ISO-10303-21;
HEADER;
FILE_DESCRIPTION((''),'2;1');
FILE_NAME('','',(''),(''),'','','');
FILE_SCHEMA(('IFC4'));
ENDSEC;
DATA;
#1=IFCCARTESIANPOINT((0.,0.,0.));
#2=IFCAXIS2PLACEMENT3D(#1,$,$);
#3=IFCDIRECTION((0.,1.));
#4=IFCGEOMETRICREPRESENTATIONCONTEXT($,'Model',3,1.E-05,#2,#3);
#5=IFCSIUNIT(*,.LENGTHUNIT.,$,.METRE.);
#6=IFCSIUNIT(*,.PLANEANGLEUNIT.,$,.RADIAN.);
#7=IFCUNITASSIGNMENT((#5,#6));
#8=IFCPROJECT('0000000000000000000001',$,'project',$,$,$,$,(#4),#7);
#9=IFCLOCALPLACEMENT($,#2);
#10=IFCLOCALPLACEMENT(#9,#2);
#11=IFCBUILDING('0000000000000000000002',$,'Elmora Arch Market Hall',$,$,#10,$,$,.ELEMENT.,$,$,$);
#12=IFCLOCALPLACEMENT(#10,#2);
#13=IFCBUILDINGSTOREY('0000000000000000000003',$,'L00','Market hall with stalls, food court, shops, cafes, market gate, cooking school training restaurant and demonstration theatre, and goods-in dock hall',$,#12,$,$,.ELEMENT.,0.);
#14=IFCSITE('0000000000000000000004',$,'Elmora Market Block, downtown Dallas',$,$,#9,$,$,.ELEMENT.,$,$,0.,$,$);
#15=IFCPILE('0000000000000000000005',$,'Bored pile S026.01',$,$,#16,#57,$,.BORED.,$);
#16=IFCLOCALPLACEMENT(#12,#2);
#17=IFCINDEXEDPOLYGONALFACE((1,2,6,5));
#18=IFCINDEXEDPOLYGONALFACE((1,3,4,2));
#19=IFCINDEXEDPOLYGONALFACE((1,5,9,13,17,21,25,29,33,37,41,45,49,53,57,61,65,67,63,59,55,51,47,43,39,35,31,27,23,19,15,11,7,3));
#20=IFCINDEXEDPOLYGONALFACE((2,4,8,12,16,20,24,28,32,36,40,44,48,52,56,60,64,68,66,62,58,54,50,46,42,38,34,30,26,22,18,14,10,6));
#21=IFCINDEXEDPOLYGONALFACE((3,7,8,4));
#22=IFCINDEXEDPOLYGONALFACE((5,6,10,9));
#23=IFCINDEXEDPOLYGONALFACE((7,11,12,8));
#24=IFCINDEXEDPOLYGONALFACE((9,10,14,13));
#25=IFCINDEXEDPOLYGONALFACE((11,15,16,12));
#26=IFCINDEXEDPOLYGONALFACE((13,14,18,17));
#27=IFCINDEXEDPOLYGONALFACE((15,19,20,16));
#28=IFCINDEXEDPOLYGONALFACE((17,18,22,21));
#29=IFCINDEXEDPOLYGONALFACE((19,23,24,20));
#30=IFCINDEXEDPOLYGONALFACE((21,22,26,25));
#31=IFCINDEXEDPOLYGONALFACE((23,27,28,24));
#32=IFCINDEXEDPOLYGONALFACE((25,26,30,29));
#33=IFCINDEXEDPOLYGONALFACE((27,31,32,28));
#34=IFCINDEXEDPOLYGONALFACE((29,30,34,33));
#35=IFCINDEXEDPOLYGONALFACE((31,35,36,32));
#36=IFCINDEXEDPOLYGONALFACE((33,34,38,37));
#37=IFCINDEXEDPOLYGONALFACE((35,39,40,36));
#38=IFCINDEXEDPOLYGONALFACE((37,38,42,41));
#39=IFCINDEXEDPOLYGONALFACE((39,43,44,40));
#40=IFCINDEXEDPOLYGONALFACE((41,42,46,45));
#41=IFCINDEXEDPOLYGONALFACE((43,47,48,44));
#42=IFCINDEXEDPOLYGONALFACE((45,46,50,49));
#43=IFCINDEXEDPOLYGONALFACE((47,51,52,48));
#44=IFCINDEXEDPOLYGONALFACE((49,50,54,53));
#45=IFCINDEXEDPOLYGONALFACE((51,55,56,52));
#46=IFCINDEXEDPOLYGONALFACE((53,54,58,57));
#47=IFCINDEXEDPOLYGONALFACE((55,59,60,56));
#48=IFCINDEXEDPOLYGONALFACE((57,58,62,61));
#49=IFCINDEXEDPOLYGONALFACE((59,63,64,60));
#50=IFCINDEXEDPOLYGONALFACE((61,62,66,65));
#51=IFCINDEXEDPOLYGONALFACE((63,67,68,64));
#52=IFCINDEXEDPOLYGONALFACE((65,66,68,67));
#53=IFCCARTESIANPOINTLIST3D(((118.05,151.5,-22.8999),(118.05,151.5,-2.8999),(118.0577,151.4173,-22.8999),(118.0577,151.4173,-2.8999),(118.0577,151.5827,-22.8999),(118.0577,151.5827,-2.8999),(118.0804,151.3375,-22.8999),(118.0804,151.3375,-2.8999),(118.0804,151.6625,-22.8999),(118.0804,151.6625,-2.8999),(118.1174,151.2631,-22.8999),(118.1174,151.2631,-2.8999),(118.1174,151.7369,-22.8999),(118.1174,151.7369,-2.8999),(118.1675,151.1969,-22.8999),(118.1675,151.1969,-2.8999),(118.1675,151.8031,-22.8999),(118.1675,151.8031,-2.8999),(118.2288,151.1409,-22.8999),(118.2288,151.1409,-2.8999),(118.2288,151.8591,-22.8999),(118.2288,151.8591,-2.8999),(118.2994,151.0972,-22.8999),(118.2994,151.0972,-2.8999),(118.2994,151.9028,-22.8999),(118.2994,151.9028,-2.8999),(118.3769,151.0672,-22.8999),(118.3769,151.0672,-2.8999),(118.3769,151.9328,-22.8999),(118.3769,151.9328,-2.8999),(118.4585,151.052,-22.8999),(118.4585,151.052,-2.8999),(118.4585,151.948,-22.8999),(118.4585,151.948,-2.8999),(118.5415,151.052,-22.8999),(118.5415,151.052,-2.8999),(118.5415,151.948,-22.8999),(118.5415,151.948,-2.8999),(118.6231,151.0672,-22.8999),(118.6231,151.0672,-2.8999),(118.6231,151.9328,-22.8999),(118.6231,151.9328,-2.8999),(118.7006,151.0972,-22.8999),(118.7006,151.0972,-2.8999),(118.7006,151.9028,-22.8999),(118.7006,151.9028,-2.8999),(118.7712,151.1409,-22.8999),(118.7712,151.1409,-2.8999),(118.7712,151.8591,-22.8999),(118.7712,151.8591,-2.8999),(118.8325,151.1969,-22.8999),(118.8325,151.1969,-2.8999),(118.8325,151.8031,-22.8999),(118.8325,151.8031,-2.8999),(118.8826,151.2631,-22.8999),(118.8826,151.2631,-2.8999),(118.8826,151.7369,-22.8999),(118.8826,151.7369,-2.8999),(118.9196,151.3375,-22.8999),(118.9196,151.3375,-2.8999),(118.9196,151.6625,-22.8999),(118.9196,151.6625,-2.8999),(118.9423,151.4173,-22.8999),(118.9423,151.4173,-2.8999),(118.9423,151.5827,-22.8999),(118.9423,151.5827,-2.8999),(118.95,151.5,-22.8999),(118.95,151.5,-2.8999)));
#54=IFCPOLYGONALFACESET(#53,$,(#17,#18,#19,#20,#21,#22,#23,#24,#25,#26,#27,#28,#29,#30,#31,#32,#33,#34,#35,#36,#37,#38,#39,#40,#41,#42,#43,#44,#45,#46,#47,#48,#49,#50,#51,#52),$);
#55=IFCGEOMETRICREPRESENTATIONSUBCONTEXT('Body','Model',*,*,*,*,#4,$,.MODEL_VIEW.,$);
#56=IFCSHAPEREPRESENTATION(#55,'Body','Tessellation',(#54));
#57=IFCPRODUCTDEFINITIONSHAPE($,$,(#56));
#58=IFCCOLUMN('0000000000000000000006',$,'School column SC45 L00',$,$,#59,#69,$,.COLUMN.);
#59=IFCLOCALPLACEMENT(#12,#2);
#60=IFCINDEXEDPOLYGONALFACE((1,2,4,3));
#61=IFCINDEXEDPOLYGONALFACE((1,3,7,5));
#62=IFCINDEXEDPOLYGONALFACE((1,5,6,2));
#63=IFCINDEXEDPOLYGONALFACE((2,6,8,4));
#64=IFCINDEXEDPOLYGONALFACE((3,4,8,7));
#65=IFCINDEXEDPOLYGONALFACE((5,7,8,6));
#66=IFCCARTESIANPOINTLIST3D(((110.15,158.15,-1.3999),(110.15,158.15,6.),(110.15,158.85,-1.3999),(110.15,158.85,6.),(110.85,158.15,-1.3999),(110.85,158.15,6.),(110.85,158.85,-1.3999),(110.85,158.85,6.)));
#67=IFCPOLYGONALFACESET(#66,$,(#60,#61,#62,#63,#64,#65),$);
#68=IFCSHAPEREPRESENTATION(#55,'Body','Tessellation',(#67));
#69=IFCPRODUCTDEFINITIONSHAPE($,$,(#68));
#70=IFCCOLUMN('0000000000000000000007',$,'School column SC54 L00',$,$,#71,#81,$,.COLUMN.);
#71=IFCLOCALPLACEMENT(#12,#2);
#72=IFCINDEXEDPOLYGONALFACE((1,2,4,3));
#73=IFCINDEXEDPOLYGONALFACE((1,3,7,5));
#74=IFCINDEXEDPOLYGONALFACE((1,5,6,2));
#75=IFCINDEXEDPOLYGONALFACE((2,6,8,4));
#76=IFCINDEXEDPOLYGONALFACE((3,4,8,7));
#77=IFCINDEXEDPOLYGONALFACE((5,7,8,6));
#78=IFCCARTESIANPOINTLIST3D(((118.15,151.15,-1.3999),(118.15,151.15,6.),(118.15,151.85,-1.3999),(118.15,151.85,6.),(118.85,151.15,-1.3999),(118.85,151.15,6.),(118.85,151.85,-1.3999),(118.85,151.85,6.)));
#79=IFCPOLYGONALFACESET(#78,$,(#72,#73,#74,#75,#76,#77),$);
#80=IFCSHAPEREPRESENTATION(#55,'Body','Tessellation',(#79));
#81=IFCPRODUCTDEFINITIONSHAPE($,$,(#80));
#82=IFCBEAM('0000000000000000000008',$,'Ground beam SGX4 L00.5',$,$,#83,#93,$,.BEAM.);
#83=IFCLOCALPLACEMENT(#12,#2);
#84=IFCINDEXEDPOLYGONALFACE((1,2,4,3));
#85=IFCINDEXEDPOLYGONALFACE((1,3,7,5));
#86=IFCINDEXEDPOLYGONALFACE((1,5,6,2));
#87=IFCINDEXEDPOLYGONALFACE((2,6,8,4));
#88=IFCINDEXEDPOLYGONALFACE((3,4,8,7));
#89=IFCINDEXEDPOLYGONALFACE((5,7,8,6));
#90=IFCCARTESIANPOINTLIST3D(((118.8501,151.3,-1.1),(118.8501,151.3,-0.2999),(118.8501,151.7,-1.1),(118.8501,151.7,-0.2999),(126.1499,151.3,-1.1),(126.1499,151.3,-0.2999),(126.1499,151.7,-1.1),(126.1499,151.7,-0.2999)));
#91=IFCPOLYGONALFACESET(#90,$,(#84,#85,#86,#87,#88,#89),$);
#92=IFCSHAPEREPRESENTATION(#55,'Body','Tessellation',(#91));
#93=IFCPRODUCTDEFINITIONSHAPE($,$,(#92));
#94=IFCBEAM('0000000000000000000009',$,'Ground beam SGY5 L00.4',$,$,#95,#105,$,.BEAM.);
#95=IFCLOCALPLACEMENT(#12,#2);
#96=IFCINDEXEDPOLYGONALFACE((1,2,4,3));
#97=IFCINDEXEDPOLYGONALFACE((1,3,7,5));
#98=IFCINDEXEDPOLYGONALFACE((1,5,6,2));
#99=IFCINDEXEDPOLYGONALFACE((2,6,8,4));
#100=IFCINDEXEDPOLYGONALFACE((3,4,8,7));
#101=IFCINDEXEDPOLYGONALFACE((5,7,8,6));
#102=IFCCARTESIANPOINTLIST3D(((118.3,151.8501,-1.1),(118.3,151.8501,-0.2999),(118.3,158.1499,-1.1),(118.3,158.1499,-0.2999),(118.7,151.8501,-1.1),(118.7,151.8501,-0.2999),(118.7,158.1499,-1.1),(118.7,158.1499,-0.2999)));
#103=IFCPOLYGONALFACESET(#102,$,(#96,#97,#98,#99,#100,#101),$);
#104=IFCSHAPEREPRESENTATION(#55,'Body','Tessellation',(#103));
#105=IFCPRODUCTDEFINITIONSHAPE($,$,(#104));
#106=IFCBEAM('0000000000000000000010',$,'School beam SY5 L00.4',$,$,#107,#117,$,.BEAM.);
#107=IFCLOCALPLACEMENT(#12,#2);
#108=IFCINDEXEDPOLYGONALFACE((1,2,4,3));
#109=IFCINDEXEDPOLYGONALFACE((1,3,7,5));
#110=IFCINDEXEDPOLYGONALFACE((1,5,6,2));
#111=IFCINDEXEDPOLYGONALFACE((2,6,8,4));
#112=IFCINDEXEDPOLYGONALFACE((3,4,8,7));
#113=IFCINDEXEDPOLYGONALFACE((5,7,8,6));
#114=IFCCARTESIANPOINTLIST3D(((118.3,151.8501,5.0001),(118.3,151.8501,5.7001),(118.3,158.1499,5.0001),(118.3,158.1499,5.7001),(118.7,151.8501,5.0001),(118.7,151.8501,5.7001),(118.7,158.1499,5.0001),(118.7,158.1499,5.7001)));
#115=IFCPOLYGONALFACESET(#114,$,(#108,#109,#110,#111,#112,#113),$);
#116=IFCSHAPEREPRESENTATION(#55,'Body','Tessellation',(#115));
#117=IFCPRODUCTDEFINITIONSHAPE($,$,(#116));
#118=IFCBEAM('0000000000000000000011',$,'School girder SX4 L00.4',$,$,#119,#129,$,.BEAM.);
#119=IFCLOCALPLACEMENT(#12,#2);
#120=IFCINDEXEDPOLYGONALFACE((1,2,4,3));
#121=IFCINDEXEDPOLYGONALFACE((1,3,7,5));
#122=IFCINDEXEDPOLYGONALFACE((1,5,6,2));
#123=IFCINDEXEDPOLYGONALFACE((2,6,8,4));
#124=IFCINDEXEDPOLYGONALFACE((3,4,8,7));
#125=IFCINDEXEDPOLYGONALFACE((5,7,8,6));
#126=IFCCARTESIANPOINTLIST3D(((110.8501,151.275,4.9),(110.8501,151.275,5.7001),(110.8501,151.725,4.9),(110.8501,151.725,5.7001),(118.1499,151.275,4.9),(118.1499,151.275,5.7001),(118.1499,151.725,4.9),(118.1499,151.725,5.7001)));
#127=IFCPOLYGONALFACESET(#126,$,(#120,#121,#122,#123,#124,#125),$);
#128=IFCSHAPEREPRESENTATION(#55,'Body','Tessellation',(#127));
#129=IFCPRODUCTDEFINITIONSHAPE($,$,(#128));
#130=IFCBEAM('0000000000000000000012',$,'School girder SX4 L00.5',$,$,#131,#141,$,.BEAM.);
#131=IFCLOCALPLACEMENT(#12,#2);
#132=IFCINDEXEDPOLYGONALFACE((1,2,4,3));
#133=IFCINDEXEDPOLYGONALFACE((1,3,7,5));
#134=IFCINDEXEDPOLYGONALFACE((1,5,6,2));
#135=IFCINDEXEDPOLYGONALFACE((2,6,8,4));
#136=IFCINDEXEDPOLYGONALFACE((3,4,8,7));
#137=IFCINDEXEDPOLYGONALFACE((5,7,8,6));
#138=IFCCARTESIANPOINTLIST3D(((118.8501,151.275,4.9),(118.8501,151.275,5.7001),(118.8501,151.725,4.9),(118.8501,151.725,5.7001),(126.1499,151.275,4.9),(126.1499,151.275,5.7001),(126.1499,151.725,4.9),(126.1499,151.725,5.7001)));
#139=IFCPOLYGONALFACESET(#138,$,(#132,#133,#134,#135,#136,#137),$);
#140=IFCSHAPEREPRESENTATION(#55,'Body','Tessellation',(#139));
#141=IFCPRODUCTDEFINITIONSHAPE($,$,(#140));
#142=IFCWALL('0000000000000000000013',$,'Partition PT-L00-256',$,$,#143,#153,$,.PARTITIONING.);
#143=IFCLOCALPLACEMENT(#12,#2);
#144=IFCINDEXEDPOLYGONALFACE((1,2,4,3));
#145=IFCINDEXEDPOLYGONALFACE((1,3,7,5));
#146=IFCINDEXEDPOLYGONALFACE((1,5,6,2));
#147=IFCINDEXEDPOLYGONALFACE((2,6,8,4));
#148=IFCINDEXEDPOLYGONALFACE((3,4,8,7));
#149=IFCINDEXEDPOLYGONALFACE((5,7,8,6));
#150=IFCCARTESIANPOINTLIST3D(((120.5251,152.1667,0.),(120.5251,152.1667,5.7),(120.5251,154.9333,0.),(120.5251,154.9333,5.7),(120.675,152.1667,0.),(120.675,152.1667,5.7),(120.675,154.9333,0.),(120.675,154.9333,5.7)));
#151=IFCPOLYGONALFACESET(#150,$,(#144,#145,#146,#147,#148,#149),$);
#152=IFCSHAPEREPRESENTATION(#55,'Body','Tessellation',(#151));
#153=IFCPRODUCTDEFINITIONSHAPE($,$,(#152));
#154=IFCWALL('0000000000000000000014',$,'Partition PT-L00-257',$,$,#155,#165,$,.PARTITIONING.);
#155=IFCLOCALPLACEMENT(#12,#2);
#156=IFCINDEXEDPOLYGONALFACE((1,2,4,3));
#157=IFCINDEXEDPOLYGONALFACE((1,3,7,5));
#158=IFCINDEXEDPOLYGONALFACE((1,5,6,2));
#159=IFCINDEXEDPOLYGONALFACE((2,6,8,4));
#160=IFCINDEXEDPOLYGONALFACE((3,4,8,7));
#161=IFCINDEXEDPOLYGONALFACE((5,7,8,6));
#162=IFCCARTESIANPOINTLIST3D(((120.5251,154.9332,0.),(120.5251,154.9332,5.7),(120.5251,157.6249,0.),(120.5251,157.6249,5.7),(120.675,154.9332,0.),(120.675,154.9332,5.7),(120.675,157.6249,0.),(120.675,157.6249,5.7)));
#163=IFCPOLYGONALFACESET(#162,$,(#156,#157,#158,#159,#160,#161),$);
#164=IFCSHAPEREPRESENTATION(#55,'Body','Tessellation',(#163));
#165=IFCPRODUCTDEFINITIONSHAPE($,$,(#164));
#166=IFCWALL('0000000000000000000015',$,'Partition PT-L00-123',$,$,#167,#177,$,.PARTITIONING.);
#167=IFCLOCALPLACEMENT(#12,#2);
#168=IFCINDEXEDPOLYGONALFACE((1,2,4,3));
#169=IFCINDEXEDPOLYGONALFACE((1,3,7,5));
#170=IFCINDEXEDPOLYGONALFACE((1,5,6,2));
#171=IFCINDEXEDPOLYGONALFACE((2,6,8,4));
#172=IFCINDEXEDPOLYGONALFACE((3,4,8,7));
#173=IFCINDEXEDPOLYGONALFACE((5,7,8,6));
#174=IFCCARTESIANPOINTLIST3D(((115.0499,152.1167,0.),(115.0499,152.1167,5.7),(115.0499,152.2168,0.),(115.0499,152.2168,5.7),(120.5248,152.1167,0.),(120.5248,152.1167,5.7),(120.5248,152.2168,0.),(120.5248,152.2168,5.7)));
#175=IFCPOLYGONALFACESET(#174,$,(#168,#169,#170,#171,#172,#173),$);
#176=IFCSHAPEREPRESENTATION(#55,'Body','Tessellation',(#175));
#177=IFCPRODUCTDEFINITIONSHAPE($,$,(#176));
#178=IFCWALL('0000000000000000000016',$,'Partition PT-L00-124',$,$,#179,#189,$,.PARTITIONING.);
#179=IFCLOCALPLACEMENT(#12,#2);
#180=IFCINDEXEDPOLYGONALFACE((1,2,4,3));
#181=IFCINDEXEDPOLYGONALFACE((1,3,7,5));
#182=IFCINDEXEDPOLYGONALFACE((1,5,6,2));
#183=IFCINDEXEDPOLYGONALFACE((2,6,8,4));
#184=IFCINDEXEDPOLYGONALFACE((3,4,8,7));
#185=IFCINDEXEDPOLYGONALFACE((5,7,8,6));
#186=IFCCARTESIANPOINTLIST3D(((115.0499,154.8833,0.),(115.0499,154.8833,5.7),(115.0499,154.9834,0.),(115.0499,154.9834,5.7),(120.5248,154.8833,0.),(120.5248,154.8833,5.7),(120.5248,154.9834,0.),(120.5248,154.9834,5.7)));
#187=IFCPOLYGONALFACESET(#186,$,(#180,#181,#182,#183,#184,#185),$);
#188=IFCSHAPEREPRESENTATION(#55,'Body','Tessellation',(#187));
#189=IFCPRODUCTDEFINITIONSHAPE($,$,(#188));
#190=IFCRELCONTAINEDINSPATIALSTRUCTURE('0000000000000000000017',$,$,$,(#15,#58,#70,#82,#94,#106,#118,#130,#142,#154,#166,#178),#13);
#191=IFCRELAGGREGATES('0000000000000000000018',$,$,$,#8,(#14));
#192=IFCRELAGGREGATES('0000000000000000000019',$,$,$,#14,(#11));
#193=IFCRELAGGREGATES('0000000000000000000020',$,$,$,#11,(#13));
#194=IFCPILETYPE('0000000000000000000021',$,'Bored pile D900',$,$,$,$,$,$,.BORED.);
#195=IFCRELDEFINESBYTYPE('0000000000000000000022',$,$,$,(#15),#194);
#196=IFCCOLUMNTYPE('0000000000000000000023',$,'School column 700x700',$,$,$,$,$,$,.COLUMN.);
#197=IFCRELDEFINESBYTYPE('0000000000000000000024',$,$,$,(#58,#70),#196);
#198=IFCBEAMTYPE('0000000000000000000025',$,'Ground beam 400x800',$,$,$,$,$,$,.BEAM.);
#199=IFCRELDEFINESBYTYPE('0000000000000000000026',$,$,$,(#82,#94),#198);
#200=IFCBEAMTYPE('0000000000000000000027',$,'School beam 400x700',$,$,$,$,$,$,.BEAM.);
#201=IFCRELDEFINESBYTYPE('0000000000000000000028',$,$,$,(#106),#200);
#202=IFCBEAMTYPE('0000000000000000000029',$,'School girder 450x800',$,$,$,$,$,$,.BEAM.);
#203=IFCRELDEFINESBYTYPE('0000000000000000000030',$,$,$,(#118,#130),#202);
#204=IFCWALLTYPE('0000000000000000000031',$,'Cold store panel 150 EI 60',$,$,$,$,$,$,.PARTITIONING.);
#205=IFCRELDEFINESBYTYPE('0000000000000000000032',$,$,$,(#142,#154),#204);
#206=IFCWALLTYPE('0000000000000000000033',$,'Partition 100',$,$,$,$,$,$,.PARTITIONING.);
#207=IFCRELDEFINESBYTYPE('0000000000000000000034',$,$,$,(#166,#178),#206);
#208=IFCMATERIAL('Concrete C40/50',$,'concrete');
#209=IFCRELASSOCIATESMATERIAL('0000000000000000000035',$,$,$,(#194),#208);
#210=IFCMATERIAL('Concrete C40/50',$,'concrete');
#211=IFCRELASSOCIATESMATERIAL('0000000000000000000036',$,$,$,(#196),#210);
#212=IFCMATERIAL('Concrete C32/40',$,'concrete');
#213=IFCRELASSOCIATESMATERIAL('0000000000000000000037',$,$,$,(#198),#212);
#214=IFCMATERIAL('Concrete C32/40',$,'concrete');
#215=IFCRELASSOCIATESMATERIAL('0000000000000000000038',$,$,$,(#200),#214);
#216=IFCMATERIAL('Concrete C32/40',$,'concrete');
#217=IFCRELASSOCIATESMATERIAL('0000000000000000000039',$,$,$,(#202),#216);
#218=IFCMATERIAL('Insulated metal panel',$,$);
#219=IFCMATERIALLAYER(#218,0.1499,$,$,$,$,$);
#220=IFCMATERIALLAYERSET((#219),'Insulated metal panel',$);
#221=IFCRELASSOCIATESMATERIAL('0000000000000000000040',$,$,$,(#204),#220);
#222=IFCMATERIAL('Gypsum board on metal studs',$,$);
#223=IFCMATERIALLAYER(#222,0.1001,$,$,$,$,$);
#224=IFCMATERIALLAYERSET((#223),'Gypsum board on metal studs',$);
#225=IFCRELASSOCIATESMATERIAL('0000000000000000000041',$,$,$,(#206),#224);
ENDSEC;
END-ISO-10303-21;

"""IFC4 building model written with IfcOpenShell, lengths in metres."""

from ifc_helpers import new_model, si_unit, direction, frame, frame_2d, origin, origin_2d, place, context, subcontext, project, spatial, rectangle, circle, extrude, material, layer, layer_set, material_profile, profile_set, type_object, element, save


model = new_model("IFC4")

# Units and contexts
model_context = context("Model", 3, precision=1e-05, world=origin(), true_north=direction((0.0, 1.0)))
body_context = subcontext(model_context, "Body", "Model", "MODEL_VIEW")
ifc_project = project(units=[si_unit("LENGTHUNIT", "METRE"), si_unit("PLANEANGLEUNIT", "RADIAN")], contexts=[model_context])

# Site, building, storey
site_placement = place(None, origin())
site = spatial("IfcSite", under=ifc_project, at=site_placement, Name="Elmora Market Block, downtown Dallas", CompositionType="ELEMENT", RefElevation=0.0)
building_placement = place(site_placement, origin())
building = spatial("IfcBuilding", under=site, at=building_placement, Name="Elmora Arch Market Hall", CompositionType="ELEMENT")
storey_placement = place(building_placement, origin())
storey = spatial("IfcBuildingStorey", under=building, at=storey_placement, Name="L00", Description="Market hall with stalls, food court, shops, cafes, market gate, cooking school training restaurant and demonstration theatre, and goods-in dock hall", CompositionType="ELEMENT", Elevation=0.0)

# Pile
ifc_material_1 = material(Name="Concrete C40/50", Category="concrete")
ifc_material_profile_1 = material_profile(ifc_material_1, circle(Radius=0.45, at=origin_2d()), Name="Bored pile D900")
ifc_profile_set_1 = profile_set([ifc_material_profile_1], Name="Concrete C40/50")
pile_type = type_object("IfcPileType", Name="Bored pile D900", PredefinedType="BORED", material=ifc_profile_set_1)
pile_placement = place(storey_placement, frame((118.5, 151.5, -2.8999), z_axis=(0.0, 0.0, -1.0), x_axis=(1.0, 0.0, 0.0)))
element("IfcPile", 1, at=pile_placement, inside=storey, type_object=pile_type, Name="Bored pile S026.01", PredefinedType="BORED", context=body_context, shape_type="SweptSolid", body=[
    extrude(circle(Radius=0.45, at=origin_2d()), origin(), (0.0, 0.0, 1.0), 20.0),
])

# Columns
ifc_material_2 = material(Name="Concrete C40/50", Category="concrete")
ifc_material_profile_2 = material_profile(ifc_material_2, rectangle(XDim=0.7, YDim=0.7, at=origin_2d()), Name="School column 700x700")
ifc_profile_set_2 = profile_set([ifc_material_profile_2], Name="Concrete C40/50")
column_type = type_object("IfcColumnType", Name="School column 700x700", PredefinedType="COLUMN", material=ifc_profile_set_2)
for number, where, z_axis, x_axis, name in (
    (2, (110.5, 158.5, -1.3999), (0.0, 0.0, 1.0), (1.0, 0.0, 0.0), "School column SC45 L00"),
    (3, (118.5, 151.5, -1.3999), (0.0, 0.0, 1.0), (1.0, 0.0, 0.0), "School column SC54 L00"),
):
    element("IfcColumn", number, at=place(storey_placement, frame(where, z_axis=z_axis, x_axis=x_axis)), inside=storey, type_object=column_type, Name=name, PredefinedType="COLUMN", context=body_context, shape_type="SweptSolid", body=[
        extrude(rectangle(XDim=0.7, YDim=0.7, at=origin_2d()), origin(), (0.0, 0.0, 1.0), 7.3999),
    ])

# Beams
ifc_material_3 = material(Name="Concrete C32/40", Category="concrete")
ifc_material_profile_3 = material_profile(ifc_material_3, rectangle(XDim=0.3999, YDim=0.8, at=origin_2d()), Name="Ground beam 400x800")
ifc_profile_set_3 = profile_set([ifc_material_profile_3], Name="Concrete C32/40")
beam_type_1 = type_object("IfcBeamType", Name="Ground beam 400x800", PredefinedType="BEAM", material=ifc_profile_set_3)
beam_1_placement = place(storey_placement, frame((118.8501, 151.5, -0.7), z_axis=(1.0, 0.0, 0.0), x_axis=(0.0, 1.0, 0.0)))
element("IfcBeam", 4, at=beam_1_placement, inside=storey, type_object=beam_type_1, Name="Ground beam SGX4 L00.5", PredefinedType="BEAM", context=body_context, shape_type="SweptSolid", body=[
    extrude(rectangle(XDim=0.3999, YDim=0.8, at=origin_2d()), origin(), (0.0, 0.0, 1.0), 7.2998),
])
beam_2_placement = place(storey_placement, frame((118.5, 151.8501, -0.7), z_axis=(0.0, 1.0, 0.0), x_axis=(-1.0, 0.0, 0.0)))
element("IfcBeam", 5, at=beam_2_placement, inside=storey, type_object=beam_type_1, Name="Ground beam SGY5 L00.4", PredefinedType="BEAM", context=body_context, shape_type="SweptSolid", body=[
    extrude(rectangle(XDim=0.3999, YDim=0.8, at=origin_2d()), origin(), (0.0, 0.0, 1.0), 6.2998),
])
ifc_material_4 = material(Name="Concrete C32/40", Category="concrete")
ifc_material_profile_4 = material_profile(ifc_material_4, rectangle(XDim=0.3999, YDim=0.7, at=origin_2d()), Name="School beam 400x700")
ifc_profile_set_4 = profile_set([ifc_material_profile_4], Name="Concrete C32/40")
beam_type_2 = type_object("IfcBeamType", Name="School beam 400x700", PredefinedType="BEAM", material=ifc_profile_set_4)
beam_3_placement = place(storey_placement, frame((118.5, 151.8501, 5.3501), z_axis=(0.0, 1.0, 0.0), x_axis=(-1.0, 0.0, 0.0)))
element("IfcBeam", 6, at=beam_3_placement, inside=storey, type_object=beam_type_2, Name="School beam SY5 L00.4", PredefinedType="BEAM", context=body_context, shape_type="SweptSolid", body=[
    extrude(rectangle(XDim=0.3999, YDim=0.7, at=origin_2d()), origin(), (0.0, 0.0, 1.0), 6.2998),
])
ifc_material_5 = material(Name="Concrete C32/40", Category="concrete")
ifc_material_profile_5 = material_profile(ifc_material_5, rectangle(XDim=0.45, YDim=0.8, at=origin_2d()), Name="School girder 450x800")
ifc_profile_set_5 = profile_set([ifc_material_profile_5], Name="Concrete C32/40")
beam_type_3 = type_object("IfcBeamType", Name="School girder 450x800", PredefinedType="BEAM", material=ifc_profile_set_5)
for number, where, z_axis, x_axis, name in (
    (7, (110.8501, 151.5, 5.3), (1.0, 0.0, 0.0), (0.0, 1.0, 0.0), "School girder SX4 L00.4"),
    (8, (118.8501, 151.5, 5.3), (1.0, 0.0, 0.0), (0.0, 1.0, 0.0), "School girder SX4 L00.5"),
):
    element("IfcBeam", number, at=place(storey_placement, frame(where, z_axis=z_axis, x_axis=x_axis)), inside=storey, type_object=beam_type_3, Name=name, PredefinedType="BEAM", context=body_context, shape_type="SweptSolid", body=[
        extrude(rectangle(XDim=0.45, YDim=0.8, at=origin_2d()), origin(), (0.0, 0.0, 1.0), 7.2998),
    ])

# Walls
ifc_material_6 = material(Name="Insulated metal panel")
ifc_layer_1 = layer(ifc_material_6, 0.1499)
ifc_layer_set_1 = layer_set([ifc_layer_1], Name="Insulated metal panel")
wall_type_1 = type_object("IfcWallType", Name="Cold store panel 150 EI 60", PredefinedType="PARTITIONING", material=ifc_layer_set_1)
wall_1_placement = place(storey_placement, frame((120.6001, 152.1667, 0.0), z_axis=(0.0, 0.0, 1.0), x_axis=(0.0, 1.0, 0.0)))
element("IfcWall", 9, at=wall_1_placement, inside=storey, type_object=wall_type_1, Name="Partition PT-L00-256", PredefinedType="PARTITIONING", context=body_context, shape_type="SweptSolid", body=[
    extrude(rectangle(XDim=2.7666, YDim=0.1499, at=frame_2d((1.3833, 0.0))), origin(), (0.0, 0.0, 1.0), 5.7),
])
wall_2_placement = place(storey_placement, frame((120.6001, 154.9333, 0.0), z_axis=(0.0, 0.0, 1.0), x_axis=(0.0, 1.0, 0.0)))
element("IfcWall", 10, at=wall_2_placement, inside=storey, type_object=wall_type_1, Name="Partition PT-L00-257", PredefinedType="PARTITIONING", context=body_context, shape_type="SweptSolid", body=[
    extrude(rectangle(XDim=2.6917, YDim=0.1499, at=frame_2d((1.3457, 0.0))), origin(), (0.0, 0.0, 1.0), 5.7),
])
ifc_material_7 = material(Name="Gypsum board on metal studs")
ifc_layer_2 = layer(ifc_material_7, 0.1001)
ifc_layer_set_2 = layer_set([ifc_layer_2], Name="Gypsum board on metal studs")
wall_type_2 = type_object("IfcWallType", Name="Partition 100", PredefinedType="PARTITIONING", material=ifc_layer_set_2)
for number, where, z_axis, x_axis, name in (
    (11, (115.05, 152.1667, 0.0), (0.0, 0.0, 1.0), (1.0, 0.0, 0.0), "Partition PT-L00-123"),
    (12, (115.05, 154.9333, 0.0), (0.0, 0.0, 1.0), (1.0, 0.0, 0.0), "Partition PT-L00-124"),
):
    element("IfcWall", number, at=place(storey_placement, frame(where, z_axis=z_axis, x_axis=x_axis)), inside=storey, type_object=wall_type_2, Name=name, PredefinedType="PARTITIONING", context=body_context, shape_type="SweptSolid", body=[
        extrude(rectangle(XDim=5.4749, YDim=0.1001, at=frame_2d((2.7373, 0.0))), origin(), (0.0, 0.0, 1.0), 5.7),
    ])

save(model, "model.ifc")
